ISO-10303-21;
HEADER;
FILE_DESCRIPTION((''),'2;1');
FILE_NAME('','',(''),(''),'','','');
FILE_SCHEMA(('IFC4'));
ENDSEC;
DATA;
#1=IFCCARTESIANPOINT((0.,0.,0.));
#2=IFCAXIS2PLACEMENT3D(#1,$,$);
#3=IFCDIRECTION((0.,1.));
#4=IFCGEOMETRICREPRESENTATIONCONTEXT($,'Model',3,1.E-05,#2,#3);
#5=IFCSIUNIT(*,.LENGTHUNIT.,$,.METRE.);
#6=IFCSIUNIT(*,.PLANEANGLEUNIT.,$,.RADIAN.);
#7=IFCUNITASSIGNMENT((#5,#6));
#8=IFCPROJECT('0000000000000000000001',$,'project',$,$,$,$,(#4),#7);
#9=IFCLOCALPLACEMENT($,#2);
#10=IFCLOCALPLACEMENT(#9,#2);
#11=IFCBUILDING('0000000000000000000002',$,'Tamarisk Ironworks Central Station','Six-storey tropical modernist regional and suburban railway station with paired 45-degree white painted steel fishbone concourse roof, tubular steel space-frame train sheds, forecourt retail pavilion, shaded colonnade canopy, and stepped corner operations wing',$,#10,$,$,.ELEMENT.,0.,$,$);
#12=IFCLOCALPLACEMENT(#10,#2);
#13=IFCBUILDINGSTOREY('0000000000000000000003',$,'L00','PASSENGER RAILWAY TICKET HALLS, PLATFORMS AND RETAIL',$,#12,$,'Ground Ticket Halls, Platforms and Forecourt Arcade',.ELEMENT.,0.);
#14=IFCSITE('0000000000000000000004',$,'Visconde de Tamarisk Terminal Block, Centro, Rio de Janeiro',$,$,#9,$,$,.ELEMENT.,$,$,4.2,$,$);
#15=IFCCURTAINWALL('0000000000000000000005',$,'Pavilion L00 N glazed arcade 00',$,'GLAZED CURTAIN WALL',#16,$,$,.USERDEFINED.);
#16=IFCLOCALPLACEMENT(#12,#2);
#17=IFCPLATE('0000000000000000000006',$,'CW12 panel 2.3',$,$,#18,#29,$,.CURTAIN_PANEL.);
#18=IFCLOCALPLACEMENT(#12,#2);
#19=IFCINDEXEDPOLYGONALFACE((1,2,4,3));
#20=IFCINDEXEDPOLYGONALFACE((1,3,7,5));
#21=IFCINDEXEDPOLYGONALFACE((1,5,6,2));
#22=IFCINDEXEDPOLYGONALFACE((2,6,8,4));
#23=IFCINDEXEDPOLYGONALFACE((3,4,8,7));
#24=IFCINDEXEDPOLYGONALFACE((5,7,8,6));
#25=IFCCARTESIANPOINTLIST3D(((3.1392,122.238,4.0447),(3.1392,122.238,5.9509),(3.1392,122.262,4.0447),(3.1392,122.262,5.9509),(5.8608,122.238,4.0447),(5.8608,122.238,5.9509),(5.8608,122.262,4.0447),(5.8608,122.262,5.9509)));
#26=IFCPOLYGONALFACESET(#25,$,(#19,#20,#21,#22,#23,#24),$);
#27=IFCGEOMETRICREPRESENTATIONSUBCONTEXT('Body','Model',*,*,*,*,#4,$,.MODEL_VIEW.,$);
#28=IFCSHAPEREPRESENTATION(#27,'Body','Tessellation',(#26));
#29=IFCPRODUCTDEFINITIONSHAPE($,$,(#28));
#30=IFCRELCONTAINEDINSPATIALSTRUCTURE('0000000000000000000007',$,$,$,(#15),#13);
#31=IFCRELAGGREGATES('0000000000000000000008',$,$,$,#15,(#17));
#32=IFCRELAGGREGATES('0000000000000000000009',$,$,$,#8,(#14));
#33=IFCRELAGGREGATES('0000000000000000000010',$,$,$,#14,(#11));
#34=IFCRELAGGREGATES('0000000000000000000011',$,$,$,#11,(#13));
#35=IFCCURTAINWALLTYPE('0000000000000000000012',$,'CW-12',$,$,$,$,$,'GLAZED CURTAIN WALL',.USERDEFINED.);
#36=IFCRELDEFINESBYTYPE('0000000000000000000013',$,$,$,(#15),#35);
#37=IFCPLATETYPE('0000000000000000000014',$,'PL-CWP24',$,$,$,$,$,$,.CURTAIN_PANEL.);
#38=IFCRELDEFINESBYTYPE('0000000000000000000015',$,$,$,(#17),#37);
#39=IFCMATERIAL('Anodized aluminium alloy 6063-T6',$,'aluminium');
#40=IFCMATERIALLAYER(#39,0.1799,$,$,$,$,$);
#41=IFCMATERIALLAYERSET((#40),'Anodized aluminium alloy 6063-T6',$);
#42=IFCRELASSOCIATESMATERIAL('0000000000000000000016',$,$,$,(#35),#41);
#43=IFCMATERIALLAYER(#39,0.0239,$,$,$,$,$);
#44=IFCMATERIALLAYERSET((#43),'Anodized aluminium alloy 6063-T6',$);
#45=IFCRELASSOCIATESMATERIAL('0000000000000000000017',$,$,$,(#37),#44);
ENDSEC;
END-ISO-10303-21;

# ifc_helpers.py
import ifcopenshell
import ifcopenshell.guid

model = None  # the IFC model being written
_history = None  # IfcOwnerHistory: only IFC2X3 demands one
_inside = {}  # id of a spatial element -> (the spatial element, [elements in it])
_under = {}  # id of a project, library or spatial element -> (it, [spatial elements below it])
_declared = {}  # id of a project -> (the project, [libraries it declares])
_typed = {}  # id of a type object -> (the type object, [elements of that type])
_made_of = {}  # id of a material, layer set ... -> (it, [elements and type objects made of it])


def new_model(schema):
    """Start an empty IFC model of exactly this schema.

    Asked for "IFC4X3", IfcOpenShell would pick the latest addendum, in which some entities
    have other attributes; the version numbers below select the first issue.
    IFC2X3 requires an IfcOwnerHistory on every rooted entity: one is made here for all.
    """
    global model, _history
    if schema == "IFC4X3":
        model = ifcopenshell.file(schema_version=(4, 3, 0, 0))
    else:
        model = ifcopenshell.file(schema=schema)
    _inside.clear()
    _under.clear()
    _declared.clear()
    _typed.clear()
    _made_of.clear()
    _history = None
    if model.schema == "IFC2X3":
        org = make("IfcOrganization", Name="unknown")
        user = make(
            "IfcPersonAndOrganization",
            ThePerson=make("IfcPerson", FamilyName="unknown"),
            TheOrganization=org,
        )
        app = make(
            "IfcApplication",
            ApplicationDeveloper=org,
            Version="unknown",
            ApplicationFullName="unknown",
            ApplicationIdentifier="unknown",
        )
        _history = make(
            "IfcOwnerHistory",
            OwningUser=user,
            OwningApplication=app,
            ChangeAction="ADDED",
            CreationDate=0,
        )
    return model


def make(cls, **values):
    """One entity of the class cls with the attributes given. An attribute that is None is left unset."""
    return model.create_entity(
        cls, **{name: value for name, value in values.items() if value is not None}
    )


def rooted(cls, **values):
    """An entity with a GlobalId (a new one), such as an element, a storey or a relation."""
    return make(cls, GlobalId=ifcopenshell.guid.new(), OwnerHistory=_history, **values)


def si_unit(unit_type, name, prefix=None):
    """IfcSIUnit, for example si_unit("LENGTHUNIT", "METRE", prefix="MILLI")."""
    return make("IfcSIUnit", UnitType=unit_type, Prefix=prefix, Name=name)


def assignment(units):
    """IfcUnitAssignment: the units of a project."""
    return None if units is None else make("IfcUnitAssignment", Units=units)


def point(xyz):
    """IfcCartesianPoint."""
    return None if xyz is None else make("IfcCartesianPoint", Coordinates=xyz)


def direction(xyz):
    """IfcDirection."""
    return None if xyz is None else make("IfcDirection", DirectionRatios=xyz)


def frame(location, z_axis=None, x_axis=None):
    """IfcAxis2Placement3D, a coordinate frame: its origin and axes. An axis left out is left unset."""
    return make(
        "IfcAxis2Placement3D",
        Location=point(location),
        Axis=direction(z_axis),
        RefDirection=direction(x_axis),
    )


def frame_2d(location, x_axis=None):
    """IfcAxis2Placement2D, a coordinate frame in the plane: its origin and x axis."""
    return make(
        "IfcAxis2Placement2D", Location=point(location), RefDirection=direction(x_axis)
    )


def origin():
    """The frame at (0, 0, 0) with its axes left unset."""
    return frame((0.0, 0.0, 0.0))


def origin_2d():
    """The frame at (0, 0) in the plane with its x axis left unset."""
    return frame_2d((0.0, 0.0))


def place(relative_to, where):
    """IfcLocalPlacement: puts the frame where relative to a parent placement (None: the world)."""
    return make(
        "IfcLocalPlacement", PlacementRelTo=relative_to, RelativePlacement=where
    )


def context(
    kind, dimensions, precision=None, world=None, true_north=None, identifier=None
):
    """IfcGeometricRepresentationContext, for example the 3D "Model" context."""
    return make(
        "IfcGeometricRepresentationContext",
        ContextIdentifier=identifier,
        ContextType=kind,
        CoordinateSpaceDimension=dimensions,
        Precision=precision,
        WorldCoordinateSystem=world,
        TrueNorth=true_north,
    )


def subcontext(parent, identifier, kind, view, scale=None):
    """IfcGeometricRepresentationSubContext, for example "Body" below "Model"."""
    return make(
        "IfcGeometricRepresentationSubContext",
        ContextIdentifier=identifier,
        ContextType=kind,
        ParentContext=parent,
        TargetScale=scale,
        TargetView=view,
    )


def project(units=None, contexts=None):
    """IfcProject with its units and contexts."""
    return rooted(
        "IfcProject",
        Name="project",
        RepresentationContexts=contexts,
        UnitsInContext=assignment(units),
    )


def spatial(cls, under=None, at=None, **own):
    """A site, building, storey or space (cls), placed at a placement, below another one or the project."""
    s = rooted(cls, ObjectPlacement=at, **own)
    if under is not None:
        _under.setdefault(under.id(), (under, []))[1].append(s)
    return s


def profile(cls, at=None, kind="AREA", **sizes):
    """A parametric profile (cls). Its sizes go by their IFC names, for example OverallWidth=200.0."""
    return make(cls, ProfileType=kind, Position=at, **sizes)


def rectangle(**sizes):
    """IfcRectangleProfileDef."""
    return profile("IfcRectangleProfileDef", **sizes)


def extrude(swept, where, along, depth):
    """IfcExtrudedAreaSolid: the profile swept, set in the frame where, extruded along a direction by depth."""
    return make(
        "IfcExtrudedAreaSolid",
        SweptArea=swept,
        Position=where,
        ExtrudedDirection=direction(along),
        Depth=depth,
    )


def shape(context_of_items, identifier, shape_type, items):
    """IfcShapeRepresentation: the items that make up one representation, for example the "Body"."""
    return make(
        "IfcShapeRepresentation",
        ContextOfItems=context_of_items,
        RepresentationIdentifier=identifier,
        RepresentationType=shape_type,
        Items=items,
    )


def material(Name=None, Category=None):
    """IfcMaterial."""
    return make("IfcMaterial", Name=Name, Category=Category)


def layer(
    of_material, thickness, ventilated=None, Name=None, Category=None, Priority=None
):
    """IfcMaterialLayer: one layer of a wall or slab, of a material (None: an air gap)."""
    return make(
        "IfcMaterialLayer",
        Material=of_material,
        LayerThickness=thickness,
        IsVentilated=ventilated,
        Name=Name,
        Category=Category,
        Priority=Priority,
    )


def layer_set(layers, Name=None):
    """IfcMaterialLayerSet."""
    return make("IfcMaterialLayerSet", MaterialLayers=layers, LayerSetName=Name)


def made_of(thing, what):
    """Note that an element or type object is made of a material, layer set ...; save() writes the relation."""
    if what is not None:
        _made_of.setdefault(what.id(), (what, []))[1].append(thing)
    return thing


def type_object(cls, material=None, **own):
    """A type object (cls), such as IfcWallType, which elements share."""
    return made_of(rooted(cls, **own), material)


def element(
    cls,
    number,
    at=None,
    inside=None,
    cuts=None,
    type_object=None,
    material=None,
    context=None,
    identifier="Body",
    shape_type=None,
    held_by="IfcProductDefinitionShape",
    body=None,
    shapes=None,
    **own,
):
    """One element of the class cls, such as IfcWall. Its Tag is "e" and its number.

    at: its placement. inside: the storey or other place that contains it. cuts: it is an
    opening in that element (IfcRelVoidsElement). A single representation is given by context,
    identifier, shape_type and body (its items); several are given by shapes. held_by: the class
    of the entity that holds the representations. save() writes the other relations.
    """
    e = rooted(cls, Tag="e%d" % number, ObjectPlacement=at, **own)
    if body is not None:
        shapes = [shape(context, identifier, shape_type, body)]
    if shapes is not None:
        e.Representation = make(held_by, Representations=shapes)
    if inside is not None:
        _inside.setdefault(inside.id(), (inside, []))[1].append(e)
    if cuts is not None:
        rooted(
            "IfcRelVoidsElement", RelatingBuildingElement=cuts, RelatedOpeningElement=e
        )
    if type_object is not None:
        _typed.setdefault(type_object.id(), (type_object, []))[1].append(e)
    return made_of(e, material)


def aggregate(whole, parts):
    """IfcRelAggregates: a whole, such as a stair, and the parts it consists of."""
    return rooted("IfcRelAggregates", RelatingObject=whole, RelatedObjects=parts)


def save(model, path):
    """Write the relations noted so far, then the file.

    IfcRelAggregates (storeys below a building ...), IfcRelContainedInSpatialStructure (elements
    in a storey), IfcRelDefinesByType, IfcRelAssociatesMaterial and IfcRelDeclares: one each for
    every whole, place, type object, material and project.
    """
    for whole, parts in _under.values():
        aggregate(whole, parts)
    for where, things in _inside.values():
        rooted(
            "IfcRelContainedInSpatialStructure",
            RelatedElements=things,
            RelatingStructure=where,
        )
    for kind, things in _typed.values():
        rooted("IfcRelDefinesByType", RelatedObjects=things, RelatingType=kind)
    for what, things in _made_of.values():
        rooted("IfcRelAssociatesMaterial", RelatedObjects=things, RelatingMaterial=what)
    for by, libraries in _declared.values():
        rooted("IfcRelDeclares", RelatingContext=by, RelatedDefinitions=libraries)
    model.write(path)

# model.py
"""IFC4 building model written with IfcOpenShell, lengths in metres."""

from ifc_helpers import new_model, si_unit, direction, frame, origin, origin_2d, place, context, subcontext, project, spatial, rectangle, extrude, material, layer, layer_set, type_object, element, aggregate, save


model = new_model("IFC4")

# Units and contexts
model_context = context("Model", 3, precision=1e-05, world=origin(), true_north=direction((0.0, 1.0)))
body_context = subcontext(model_context, "Body", "Model", "MODEL_VIEW")
ifc_project = project(units=[si_unit("LENGTHUNIT", "METRE"), si_unit("PLANEANGLEUNIT", "RADIAN")], contexts=[model_context])

# Site, building, storey
site_placement = place(None, origin())
site = spatial("IfcSite", under=ifc_project, at=site_placement, Name="Visconde de Tamarisk Terminal Block, Centro, Rio de Janeiro", CompositionType="ELEMENT", RefElevation=4.2)
building_placement = place(site_placement, origin())
building = spatial("IfcBuilding", under=site, at=building_placement, Name="Tamarisk Ironworks Central Station", Description="Six-storey tropical modernist regional and suburban railway station with paired 45-degree white painted steel fishbone concourse roof, tubular steel space-frame train sheds, forecourt retail pavilion, shaded colonnade canopy, and stepped corner operations wing", CompositionType="ELEMENT", ElevationOfRefHeight=0.0)
storey_placement = place(building_placement, origin())
storey = spatial("IfcBuildingStorey", under=building, at=storey_placement, Name="L00", Description="PASSENGER RAILWAY TICKET HALLS, PLATFORMS AND RETAIL", LongName="Ground Ticket Halls, Platforms and Forecourt Arcade", CompositionType="ELEMENT", Elevation=0.0)

# Curtain wall, plate
ifc_material_1 = material(Name="Anodized aluminium alloy 6063-T6", Category="aluminium")
ifc_layer_1 = layer(ifc_material_1, 0.1799)
ifc_layer_set_1 = layer_set([ifc_layer_1], Name="Anodized aluminium alloy 6063-T6")
curtain_wall_type = type_object("IfcCurtainWallType", Name="CW-12", ElementType="GLAZED CURTAIN WALL", PredefinedType="USERDEFINED", material=ifc_layer_set_1)
curtain_wall_placement = place(storey_placement, origin())
curtain_wall = element("IfcCurtainWall", 1, at=curtain_wall_placement, inside=storey, type_object=curtain_wall_type, Name="Pavilion L00 N glazed arcade 00", ObjectType="GLAZED CURTAIN WALL", PredefinedType="USERDEFINED")
ifc_layer_2 = layer(ifc_material_1, 0.0239)
ifc_layer_set_2 = layer_set([ifc_layer_2], Name="Anodized aluminium alloy 6063-T6")
plate_type = type_object("IfcPlateType", Name="PL-CWP24", PredefinedType="CURTAIN_PANEL", material=ifc_layer_set_2)
plate_1_placement = place(storey_placement, frame((4.5, 122.25, 4.0447), z_axis=(0.0, 0.0, 1.0), x_axis=(1.0, 0.0, 0.0)))
plate_1 = element("IfcPlate", 2, at=plate_1_placement, type_object=plate_type, Name="CW12 panel 2.3", PredefinedType="CURTAIN_PANEL", context=body_context, shape_type="SweptSolid", body=[
    extrude(rectangle(XDim=2.7217, YDim=0.0239, at=origin_2d()), origin(), (0.0, 0.0, 1.0), 1.9062),
])
aggregate(curtain_wall, [plate_1])

save(model, "model.ifc")
